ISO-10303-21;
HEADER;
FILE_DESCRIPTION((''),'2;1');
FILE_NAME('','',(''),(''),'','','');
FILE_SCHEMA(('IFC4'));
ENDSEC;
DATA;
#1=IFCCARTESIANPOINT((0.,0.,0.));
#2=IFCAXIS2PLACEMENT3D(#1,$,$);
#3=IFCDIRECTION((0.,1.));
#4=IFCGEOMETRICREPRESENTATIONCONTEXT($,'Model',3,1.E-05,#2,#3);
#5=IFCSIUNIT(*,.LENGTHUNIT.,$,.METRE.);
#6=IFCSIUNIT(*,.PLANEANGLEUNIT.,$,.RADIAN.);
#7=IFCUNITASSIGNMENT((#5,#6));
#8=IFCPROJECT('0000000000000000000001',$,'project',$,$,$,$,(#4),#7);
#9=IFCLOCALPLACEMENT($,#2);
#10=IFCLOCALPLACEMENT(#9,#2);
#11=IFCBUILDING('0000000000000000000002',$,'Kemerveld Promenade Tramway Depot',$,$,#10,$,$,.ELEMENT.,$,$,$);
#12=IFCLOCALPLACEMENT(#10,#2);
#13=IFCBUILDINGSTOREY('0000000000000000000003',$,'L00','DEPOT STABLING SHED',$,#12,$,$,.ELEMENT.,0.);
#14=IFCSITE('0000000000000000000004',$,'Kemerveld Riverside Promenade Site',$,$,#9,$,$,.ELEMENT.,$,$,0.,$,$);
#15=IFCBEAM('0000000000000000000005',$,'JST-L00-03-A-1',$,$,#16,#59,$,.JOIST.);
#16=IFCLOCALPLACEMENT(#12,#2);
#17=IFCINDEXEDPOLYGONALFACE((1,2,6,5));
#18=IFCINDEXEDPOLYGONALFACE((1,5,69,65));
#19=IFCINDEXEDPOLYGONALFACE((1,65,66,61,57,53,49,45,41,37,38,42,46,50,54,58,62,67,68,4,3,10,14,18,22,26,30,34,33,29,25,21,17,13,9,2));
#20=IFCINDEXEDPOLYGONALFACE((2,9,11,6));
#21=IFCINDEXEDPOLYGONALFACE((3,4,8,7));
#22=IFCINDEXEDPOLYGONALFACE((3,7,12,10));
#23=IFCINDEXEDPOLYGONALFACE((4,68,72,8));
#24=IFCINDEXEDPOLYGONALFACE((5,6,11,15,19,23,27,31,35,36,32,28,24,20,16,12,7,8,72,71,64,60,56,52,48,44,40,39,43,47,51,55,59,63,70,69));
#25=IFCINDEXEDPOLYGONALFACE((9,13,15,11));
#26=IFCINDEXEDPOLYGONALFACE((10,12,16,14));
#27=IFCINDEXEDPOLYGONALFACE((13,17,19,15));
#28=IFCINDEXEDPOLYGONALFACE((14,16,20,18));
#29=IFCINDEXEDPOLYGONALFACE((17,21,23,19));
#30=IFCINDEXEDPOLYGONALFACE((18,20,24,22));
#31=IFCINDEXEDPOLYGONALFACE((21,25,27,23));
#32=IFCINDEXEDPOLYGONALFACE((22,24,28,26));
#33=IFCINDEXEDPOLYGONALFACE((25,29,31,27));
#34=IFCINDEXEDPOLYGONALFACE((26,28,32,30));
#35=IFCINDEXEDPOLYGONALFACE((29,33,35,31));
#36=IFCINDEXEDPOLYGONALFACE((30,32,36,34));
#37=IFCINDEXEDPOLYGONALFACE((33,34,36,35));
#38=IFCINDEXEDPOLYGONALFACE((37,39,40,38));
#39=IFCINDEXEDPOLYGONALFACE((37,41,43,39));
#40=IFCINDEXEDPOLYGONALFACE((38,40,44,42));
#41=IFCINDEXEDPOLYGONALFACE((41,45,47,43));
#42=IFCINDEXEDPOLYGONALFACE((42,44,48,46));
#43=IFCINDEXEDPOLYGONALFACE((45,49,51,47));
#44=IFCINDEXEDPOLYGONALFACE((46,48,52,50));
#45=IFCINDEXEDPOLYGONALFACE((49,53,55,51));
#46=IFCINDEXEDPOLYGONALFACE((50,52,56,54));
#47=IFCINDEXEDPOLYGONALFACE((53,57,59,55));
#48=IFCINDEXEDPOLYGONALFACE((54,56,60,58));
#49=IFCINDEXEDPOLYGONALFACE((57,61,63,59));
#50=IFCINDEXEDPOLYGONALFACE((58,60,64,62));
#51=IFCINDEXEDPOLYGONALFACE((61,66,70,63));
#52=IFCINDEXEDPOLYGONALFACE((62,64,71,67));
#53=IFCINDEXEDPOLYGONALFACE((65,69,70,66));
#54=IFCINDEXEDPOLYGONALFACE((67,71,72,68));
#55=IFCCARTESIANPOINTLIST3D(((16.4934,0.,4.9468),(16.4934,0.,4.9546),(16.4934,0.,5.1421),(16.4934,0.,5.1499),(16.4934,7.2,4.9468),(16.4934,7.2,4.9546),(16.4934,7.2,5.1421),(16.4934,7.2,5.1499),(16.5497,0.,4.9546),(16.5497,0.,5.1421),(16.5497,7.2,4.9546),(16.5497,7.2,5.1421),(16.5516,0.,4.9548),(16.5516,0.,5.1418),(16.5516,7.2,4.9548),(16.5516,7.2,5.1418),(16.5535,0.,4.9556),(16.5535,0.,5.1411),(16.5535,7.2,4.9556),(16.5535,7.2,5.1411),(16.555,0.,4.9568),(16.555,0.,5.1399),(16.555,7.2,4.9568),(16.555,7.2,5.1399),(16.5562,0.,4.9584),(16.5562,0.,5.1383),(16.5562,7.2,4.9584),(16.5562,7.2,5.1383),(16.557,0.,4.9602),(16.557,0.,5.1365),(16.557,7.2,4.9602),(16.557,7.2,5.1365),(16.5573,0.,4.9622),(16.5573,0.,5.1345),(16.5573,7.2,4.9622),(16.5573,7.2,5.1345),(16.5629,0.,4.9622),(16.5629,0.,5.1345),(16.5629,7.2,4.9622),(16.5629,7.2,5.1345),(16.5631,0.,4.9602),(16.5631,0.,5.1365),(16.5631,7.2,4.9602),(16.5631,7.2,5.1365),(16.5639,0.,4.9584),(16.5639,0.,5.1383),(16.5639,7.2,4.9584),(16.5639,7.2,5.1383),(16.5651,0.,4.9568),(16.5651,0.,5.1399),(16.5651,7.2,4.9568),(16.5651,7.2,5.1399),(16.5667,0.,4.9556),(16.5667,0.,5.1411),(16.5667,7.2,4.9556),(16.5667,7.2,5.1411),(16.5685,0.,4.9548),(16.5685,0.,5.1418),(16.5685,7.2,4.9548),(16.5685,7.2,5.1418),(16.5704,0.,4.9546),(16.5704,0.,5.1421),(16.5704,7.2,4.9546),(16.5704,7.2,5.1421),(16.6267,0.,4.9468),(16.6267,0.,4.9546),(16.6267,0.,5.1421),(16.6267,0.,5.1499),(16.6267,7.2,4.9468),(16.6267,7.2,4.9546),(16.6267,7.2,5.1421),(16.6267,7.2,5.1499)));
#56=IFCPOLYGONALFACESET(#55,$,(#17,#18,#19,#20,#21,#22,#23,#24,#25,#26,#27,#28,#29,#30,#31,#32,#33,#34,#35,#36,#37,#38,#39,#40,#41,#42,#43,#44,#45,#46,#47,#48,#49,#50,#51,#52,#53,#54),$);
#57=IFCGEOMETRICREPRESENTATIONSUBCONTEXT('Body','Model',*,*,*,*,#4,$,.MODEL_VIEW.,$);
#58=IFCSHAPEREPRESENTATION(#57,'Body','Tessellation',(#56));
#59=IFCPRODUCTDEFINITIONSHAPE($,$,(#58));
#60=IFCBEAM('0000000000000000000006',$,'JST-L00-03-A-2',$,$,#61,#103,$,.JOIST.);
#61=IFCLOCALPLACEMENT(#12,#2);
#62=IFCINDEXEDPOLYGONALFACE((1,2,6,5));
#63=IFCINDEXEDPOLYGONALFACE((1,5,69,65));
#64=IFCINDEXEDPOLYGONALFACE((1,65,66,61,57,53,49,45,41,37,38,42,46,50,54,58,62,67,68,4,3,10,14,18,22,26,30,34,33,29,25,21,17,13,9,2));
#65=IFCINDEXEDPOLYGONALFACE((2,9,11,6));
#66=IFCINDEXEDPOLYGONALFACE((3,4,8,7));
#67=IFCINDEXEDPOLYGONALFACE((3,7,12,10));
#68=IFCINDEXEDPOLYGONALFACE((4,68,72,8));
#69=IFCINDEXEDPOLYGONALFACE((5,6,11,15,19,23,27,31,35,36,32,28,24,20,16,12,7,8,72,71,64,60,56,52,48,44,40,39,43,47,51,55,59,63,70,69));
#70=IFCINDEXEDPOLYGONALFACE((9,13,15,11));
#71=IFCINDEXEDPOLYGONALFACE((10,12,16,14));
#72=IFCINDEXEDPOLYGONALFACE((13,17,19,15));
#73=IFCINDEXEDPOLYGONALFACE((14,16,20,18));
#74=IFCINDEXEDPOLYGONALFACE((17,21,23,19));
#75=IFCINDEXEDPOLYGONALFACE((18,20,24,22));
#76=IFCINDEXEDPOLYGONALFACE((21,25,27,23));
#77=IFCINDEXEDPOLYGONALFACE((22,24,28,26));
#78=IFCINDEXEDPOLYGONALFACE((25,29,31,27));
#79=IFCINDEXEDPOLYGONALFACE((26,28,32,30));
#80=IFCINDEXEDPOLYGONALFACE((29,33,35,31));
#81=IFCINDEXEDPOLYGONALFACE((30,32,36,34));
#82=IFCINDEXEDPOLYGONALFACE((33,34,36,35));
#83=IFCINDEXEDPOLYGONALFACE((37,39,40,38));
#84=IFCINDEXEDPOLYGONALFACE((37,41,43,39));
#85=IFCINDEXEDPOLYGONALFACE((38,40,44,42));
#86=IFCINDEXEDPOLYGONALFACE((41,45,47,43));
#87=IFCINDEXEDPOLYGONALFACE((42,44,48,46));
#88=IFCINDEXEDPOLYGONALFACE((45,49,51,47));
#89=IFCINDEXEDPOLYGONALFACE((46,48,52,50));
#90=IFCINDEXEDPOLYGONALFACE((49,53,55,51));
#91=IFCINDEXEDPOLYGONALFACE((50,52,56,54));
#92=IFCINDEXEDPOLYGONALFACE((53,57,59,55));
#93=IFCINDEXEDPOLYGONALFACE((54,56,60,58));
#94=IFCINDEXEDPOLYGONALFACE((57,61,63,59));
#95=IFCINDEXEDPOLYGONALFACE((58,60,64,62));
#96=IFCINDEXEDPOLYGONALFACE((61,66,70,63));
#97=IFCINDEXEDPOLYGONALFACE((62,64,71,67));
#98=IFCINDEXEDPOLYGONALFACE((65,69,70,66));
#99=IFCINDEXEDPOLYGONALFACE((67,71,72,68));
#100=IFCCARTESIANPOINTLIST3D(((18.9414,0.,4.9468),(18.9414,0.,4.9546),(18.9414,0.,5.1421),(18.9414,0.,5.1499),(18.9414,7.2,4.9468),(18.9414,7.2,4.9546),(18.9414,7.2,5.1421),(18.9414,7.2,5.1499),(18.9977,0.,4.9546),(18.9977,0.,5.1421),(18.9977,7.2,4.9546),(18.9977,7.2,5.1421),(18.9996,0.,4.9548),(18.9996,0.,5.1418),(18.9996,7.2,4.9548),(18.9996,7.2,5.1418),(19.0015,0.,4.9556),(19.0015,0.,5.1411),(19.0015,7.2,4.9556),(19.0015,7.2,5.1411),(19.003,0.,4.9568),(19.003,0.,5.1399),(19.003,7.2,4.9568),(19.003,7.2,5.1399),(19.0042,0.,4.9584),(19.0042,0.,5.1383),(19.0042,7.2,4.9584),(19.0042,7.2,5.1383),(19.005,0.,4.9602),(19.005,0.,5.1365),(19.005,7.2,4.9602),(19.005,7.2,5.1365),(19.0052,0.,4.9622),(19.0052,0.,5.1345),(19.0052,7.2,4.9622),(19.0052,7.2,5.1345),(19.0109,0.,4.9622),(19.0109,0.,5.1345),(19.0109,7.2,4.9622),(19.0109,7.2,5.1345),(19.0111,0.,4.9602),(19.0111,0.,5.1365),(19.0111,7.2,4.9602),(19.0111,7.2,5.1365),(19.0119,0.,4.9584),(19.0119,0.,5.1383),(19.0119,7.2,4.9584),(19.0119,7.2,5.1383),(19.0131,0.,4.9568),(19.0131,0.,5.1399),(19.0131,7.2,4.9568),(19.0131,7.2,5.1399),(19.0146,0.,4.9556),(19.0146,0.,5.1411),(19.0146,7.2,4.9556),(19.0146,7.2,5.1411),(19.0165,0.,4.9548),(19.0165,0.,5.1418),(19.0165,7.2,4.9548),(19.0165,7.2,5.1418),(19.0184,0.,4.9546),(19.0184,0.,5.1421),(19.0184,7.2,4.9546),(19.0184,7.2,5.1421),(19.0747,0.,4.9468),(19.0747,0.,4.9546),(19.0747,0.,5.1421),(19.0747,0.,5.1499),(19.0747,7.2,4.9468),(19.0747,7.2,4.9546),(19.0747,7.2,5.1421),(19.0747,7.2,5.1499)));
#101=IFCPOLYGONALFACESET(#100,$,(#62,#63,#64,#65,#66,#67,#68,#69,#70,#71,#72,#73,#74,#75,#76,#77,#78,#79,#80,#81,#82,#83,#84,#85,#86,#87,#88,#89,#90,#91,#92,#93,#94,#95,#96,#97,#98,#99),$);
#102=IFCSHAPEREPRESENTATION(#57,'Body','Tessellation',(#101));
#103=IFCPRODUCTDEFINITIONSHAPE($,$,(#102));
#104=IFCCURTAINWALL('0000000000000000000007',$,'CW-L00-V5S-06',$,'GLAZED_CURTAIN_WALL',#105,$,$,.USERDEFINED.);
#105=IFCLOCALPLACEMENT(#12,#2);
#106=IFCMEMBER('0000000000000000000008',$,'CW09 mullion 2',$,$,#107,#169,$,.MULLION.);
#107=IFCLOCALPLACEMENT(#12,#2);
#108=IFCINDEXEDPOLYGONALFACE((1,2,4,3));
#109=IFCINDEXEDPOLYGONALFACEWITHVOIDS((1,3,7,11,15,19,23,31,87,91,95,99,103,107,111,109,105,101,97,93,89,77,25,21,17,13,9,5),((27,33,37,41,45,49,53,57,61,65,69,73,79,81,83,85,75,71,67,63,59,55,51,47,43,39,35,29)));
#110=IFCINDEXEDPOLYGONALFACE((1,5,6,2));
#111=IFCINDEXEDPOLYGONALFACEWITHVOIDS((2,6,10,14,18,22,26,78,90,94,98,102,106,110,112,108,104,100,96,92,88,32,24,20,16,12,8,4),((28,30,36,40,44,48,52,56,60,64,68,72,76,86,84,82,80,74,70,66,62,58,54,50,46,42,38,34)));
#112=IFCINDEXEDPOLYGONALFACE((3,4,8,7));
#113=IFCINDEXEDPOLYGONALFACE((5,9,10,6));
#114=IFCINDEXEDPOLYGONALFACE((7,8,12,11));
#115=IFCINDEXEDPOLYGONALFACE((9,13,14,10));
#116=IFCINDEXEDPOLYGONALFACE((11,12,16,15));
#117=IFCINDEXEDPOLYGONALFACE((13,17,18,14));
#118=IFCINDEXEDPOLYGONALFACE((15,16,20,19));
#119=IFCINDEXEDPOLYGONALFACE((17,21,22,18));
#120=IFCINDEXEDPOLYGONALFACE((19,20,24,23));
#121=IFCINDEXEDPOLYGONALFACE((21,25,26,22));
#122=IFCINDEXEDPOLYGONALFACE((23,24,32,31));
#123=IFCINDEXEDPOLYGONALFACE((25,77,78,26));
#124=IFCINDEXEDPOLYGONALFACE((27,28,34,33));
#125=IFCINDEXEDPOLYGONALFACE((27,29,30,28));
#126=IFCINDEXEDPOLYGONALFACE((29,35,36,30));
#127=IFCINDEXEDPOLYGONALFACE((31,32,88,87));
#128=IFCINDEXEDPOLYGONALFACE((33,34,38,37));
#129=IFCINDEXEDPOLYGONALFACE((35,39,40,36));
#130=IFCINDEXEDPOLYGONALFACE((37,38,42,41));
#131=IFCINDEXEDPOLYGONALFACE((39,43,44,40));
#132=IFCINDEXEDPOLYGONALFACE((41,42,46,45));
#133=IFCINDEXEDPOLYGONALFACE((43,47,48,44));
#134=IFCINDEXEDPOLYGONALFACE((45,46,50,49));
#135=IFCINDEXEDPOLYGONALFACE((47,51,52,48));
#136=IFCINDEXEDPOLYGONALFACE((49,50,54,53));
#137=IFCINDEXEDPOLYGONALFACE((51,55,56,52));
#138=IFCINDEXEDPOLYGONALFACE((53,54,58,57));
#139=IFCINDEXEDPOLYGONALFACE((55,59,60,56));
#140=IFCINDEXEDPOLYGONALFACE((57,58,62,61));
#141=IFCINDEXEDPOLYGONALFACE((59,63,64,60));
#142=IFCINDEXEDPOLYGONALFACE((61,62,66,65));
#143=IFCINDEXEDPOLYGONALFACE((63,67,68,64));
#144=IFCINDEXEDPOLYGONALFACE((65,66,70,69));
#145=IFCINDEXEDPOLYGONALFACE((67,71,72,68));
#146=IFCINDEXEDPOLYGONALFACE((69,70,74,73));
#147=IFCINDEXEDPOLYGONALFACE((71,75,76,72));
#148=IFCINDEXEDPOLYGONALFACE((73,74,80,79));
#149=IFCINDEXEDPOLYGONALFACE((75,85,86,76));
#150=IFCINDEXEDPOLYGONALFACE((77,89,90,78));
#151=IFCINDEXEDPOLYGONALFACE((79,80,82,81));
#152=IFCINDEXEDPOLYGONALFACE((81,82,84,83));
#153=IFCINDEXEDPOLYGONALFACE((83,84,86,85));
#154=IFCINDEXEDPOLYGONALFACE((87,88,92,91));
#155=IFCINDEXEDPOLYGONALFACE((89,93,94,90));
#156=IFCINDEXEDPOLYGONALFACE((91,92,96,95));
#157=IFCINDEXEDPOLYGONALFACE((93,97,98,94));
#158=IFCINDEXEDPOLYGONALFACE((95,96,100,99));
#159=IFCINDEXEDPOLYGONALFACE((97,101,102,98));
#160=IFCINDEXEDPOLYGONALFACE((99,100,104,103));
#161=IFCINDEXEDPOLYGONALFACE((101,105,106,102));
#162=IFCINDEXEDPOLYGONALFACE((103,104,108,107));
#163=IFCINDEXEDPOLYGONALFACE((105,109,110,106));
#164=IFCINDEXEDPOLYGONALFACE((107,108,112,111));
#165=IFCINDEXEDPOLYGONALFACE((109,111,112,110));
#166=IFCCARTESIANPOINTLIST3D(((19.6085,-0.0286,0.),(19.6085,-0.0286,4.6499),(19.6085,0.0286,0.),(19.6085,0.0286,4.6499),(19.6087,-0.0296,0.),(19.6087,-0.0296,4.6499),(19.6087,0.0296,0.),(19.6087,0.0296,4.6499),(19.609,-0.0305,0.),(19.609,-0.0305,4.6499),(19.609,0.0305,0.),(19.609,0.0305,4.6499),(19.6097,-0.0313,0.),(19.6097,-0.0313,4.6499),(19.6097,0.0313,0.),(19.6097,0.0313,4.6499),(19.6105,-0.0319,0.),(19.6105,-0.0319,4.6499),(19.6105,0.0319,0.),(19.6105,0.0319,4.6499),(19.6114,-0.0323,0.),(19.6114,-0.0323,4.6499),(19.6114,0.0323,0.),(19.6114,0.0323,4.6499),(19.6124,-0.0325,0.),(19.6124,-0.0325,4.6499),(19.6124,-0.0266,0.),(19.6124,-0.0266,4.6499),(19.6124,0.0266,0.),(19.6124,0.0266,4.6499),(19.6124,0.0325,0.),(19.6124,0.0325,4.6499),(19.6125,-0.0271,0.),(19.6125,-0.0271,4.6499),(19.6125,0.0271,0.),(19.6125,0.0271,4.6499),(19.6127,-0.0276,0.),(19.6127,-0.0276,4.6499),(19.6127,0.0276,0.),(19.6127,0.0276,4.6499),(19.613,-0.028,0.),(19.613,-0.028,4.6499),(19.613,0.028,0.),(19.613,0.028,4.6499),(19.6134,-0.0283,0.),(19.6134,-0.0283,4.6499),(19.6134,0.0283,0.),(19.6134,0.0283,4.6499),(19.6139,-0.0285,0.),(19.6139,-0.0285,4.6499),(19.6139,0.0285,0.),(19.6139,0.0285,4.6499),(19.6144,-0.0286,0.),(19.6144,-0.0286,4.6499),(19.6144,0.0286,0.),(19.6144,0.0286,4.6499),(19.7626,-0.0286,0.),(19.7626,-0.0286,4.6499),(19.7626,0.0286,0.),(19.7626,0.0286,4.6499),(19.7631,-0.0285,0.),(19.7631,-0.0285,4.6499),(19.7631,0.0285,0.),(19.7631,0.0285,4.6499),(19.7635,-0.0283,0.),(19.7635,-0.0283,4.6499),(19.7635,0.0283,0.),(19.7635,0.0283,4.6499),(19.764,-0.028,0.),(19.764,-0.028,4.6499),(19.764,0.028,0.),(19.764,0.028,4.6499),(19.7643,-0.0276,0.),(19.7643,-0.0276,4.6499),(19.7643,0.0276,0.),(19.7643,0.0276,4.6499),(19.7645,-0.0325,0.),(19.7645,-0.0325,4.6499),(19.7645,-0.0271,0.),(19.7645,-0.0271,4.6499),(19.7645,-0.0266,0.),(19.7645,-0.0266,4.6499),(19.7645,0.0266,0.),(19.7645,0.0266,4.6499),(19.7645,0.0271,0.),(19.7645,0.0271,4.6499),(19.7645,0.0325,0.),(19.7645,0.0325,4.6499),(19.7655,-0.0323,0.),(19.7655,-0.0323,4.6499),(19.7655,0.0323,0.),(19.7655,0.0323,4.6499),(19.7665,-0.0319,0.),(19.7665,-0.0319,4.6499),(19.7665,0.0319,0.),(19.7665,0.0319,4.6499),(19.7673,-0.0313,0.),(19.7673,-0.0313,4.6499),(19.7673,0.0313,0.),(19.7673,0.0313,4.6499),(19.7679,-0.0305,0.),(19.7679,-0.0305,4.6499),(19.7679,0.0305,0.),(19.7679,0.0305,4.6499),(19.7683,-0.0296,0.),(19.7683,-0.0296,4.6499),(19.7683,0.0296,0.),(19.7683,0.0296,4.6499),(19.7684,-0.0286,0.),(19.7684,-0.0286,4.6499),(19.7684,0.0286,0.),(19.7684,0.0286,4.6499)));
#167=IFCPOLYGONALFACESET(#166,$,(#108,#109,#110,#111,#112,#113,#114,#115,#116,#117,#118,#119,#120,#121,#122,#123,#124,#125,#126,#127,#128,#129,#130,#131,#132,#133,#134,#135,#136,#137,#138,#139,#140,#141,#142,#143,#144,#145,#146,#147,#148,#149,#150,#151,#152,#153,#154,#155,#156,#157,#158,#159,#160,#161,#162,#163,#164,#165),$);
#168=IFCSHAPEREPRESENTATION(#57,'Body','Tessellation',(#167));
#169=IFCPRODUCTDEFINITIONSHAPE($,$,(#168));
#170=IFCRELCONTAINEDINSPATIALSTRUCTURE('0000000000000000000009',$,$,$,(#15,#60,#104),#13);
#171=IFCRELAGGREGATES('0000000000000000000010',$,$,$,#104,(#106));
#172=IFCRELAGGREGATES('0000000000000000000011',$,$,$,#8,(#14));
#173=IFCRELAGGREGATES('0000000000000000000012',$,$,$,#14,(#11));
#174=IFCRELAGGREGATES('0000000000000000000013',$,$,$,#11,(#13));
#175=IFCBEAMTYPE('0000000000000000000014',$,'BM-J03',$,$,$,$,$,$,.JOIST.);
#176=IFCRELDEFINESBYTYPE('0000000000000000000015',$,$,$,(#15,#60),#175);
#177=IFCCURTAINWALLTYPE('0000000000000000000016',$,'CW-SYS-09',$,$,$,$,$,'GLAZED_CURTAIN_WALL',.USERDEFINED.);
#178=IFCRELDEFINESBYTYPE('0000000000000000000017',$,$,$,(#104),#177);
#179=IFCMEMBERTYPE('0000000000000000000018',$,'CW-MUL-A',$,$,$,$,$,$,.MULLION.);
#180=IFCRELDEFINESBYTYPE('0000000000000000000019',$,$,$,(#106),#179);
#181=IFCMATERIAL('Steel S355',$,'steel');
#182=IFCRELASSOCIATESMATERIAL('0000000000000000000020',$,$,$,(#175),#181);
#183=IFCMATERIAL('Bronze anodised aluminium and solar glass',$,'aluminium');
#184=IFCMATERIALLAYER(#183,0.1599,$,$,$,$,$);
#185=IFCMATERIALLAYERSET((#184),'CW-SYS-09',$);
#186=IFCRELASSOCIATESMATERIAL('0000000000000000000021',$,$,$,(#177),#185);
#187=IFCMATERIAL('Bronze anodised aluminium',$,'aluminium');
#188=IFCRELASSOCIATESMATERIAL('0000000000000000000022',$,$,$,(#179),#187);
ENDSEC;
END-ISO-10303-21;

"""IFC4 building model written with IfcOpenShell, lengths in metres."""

from ifc_helpers import new_model, si_unit, direction, frame, origin, origin_2d, place, context, subcontext, project, spatial, hollow_rectangle, i_section, extrude, material, layer, layer_set, material_profile, profile_set, type_object, element, aggregate, save


model = new_model("IFC4")

# Units and contexts
model_context = context("Model", 3, precision=1e-05, world=origin(), true_north=direction((0.0, 1.0)))
body_context = subcontext(model_context, "Body", "Model", "MODEL_VIEW")
ifc_project = project(units=[si_unit("LENGTHUNIT", "METRE"), si_unit("PLANEANGLEUNIT", "RADIAN")], contexts=[model_context])

# Site, building, storey
site_placement = place(None, origin())
site = spatial("IfcSite", under=ifc_project, at=site_placement, Name="Kemerveld Riverside Promenade Site", CompositionType="ELEMENT", RefElevation=0.0)
building_placement = place(site_placement, origin())
building = spatial("IfcBuilding", under=site, at=building_placement, Name="Kemerveld Promenade Tramway Depot", CompositionType="ELEMENT")
storey_placement = place(building_placement, origin())
storey = spatial("IfcBuildingStorey", under=building, at=storey_placement, Name="L00", Description="DEPOT STABLING SHED", CompositionType="ELEMENT", Elevation=0.0)

# Beams
ifc_material_1 = material(Name="Steel S355", Category="steel")
ifc_material_profile_1 = material_profile(ifc_material_1, i_section(OverallWidth=0.1333, OverallDepth=0.2031, WebThickness=0.0056, FlangeThickness=0.0078, FilletRadius=0.0076, at=origin_2d()), Name="203x133x25 UB")
ifc_profile_set_1 = profile_set([ifc_material_profile_1], Name="Steel S355")
beam_type = type_object("IfcBeamType", Name="BM-J03", PredefinedType="JOIST", material=ifc_profile_set_1)
for number, where, z_axis, x_axis, name in (
    (1, (16.5601, 0.0, 5.0483), (0.0, 1.0, 0.0), (-1.0, 0.0, 0.0), "JST-L00-03-A-1"),
    (2, (19.0081, 0.0, 5.0483), (0.0, 1.0, 0.0), (-1.0, 0.0, 0.0), "JST-L00-03-A-2"),
):
    element("IfcBeam", number, at=place(storey_placement, frame(where, z_axis=z_axis, x_axis=x_axis)), inside=storey, type_object=beam_type, Name=name, PredefinedType="JOIST", context=body_context, shape_type="SweptSolid", body=[
        extrude(i_section(OverallWidth=0.1333, OverallDepth=0.2031, WebThickness=0.0056, FlangeThickness=0.0078, FilletRadius=0.0076, at=origin_2d()), origin(), (0.0, 0.0, 1.0), 7.2),
    ])

# Curtain wall, member
ifc_material_2 = material(Name="Bronze anodised aluminium and solar glass", Category="aluminium")
ifc_layer_1 = layer(ifc_material_2, 0.1599)
ifc_layer_set_1 = layer_set([ifc_layer_1], Name="CW-SYS-09")
curtain_wall_type = type_object("IfcCurtainWallType", Name="CW-SYS-09", ElementType="GLAZED_CURTAIN_WALL", PredefinedType="USERDEFINED", material=ifc_layer_set_1)
curtain_wall_placement = place(storey_placement, origin())
curtain_wall = element("IfcCurtainWall", 3, at=curtain_wall_placement, inside=storey, type_object=curtain_wall_type, Name="CW-L00-V5S-06", ObjectType="GLAZED_CURTAIN_WALL", PredefinedType="USERDEFINED")
ifc_material_3 = material(Name="Bronze anodised aluminium", Category="aluminium")
ifc_material_profile_2 = material_profile(ifc_material_3, hollow_rectangle(XDim=0.0649, YDim=0.1599, WallThickness=0.0039, InnerFilletRadius=0.002, OuterFilletRadius=0.0039, at=origin_2d()), Name="CW-MUL-160x65")
ifc_profile_set_2 = profile_set([ifc_material_profile_2], Name="Bronze anodised aluminium")
member_type_1 = type_object("IfcMemberType", Name="CW-MUL-A", PredefinedType="MULLION", material=ifc_profile_set_2)
member_1_placement = place(storey_placement, frame((19.6885, 0.0, 0.0), z_axis=(0.0, 0.0, 1.0), x_axis=(0.0, -1.0, 0.0)))
member_1 = element("IfcMember", 4, at=member_1_placement, type_object=member_type_1, Name="CW09 mullion 2", PredefinedType="MULLION", context=body_context, shape_type="SweptSolid", body=[
    extrude(hollow_rectangle(XDim=0.0649, YDim=0.1599, WallThickness=0.0039, InnerFilletRadius=0.002, OuterFilletRadius=0.0039, at=origin_2d()), origin(), (0.0, 0.0, 1.0), 4.6499),
])
aggregate(curtain_wall, [member_1])

save(model, "model.ifc")
